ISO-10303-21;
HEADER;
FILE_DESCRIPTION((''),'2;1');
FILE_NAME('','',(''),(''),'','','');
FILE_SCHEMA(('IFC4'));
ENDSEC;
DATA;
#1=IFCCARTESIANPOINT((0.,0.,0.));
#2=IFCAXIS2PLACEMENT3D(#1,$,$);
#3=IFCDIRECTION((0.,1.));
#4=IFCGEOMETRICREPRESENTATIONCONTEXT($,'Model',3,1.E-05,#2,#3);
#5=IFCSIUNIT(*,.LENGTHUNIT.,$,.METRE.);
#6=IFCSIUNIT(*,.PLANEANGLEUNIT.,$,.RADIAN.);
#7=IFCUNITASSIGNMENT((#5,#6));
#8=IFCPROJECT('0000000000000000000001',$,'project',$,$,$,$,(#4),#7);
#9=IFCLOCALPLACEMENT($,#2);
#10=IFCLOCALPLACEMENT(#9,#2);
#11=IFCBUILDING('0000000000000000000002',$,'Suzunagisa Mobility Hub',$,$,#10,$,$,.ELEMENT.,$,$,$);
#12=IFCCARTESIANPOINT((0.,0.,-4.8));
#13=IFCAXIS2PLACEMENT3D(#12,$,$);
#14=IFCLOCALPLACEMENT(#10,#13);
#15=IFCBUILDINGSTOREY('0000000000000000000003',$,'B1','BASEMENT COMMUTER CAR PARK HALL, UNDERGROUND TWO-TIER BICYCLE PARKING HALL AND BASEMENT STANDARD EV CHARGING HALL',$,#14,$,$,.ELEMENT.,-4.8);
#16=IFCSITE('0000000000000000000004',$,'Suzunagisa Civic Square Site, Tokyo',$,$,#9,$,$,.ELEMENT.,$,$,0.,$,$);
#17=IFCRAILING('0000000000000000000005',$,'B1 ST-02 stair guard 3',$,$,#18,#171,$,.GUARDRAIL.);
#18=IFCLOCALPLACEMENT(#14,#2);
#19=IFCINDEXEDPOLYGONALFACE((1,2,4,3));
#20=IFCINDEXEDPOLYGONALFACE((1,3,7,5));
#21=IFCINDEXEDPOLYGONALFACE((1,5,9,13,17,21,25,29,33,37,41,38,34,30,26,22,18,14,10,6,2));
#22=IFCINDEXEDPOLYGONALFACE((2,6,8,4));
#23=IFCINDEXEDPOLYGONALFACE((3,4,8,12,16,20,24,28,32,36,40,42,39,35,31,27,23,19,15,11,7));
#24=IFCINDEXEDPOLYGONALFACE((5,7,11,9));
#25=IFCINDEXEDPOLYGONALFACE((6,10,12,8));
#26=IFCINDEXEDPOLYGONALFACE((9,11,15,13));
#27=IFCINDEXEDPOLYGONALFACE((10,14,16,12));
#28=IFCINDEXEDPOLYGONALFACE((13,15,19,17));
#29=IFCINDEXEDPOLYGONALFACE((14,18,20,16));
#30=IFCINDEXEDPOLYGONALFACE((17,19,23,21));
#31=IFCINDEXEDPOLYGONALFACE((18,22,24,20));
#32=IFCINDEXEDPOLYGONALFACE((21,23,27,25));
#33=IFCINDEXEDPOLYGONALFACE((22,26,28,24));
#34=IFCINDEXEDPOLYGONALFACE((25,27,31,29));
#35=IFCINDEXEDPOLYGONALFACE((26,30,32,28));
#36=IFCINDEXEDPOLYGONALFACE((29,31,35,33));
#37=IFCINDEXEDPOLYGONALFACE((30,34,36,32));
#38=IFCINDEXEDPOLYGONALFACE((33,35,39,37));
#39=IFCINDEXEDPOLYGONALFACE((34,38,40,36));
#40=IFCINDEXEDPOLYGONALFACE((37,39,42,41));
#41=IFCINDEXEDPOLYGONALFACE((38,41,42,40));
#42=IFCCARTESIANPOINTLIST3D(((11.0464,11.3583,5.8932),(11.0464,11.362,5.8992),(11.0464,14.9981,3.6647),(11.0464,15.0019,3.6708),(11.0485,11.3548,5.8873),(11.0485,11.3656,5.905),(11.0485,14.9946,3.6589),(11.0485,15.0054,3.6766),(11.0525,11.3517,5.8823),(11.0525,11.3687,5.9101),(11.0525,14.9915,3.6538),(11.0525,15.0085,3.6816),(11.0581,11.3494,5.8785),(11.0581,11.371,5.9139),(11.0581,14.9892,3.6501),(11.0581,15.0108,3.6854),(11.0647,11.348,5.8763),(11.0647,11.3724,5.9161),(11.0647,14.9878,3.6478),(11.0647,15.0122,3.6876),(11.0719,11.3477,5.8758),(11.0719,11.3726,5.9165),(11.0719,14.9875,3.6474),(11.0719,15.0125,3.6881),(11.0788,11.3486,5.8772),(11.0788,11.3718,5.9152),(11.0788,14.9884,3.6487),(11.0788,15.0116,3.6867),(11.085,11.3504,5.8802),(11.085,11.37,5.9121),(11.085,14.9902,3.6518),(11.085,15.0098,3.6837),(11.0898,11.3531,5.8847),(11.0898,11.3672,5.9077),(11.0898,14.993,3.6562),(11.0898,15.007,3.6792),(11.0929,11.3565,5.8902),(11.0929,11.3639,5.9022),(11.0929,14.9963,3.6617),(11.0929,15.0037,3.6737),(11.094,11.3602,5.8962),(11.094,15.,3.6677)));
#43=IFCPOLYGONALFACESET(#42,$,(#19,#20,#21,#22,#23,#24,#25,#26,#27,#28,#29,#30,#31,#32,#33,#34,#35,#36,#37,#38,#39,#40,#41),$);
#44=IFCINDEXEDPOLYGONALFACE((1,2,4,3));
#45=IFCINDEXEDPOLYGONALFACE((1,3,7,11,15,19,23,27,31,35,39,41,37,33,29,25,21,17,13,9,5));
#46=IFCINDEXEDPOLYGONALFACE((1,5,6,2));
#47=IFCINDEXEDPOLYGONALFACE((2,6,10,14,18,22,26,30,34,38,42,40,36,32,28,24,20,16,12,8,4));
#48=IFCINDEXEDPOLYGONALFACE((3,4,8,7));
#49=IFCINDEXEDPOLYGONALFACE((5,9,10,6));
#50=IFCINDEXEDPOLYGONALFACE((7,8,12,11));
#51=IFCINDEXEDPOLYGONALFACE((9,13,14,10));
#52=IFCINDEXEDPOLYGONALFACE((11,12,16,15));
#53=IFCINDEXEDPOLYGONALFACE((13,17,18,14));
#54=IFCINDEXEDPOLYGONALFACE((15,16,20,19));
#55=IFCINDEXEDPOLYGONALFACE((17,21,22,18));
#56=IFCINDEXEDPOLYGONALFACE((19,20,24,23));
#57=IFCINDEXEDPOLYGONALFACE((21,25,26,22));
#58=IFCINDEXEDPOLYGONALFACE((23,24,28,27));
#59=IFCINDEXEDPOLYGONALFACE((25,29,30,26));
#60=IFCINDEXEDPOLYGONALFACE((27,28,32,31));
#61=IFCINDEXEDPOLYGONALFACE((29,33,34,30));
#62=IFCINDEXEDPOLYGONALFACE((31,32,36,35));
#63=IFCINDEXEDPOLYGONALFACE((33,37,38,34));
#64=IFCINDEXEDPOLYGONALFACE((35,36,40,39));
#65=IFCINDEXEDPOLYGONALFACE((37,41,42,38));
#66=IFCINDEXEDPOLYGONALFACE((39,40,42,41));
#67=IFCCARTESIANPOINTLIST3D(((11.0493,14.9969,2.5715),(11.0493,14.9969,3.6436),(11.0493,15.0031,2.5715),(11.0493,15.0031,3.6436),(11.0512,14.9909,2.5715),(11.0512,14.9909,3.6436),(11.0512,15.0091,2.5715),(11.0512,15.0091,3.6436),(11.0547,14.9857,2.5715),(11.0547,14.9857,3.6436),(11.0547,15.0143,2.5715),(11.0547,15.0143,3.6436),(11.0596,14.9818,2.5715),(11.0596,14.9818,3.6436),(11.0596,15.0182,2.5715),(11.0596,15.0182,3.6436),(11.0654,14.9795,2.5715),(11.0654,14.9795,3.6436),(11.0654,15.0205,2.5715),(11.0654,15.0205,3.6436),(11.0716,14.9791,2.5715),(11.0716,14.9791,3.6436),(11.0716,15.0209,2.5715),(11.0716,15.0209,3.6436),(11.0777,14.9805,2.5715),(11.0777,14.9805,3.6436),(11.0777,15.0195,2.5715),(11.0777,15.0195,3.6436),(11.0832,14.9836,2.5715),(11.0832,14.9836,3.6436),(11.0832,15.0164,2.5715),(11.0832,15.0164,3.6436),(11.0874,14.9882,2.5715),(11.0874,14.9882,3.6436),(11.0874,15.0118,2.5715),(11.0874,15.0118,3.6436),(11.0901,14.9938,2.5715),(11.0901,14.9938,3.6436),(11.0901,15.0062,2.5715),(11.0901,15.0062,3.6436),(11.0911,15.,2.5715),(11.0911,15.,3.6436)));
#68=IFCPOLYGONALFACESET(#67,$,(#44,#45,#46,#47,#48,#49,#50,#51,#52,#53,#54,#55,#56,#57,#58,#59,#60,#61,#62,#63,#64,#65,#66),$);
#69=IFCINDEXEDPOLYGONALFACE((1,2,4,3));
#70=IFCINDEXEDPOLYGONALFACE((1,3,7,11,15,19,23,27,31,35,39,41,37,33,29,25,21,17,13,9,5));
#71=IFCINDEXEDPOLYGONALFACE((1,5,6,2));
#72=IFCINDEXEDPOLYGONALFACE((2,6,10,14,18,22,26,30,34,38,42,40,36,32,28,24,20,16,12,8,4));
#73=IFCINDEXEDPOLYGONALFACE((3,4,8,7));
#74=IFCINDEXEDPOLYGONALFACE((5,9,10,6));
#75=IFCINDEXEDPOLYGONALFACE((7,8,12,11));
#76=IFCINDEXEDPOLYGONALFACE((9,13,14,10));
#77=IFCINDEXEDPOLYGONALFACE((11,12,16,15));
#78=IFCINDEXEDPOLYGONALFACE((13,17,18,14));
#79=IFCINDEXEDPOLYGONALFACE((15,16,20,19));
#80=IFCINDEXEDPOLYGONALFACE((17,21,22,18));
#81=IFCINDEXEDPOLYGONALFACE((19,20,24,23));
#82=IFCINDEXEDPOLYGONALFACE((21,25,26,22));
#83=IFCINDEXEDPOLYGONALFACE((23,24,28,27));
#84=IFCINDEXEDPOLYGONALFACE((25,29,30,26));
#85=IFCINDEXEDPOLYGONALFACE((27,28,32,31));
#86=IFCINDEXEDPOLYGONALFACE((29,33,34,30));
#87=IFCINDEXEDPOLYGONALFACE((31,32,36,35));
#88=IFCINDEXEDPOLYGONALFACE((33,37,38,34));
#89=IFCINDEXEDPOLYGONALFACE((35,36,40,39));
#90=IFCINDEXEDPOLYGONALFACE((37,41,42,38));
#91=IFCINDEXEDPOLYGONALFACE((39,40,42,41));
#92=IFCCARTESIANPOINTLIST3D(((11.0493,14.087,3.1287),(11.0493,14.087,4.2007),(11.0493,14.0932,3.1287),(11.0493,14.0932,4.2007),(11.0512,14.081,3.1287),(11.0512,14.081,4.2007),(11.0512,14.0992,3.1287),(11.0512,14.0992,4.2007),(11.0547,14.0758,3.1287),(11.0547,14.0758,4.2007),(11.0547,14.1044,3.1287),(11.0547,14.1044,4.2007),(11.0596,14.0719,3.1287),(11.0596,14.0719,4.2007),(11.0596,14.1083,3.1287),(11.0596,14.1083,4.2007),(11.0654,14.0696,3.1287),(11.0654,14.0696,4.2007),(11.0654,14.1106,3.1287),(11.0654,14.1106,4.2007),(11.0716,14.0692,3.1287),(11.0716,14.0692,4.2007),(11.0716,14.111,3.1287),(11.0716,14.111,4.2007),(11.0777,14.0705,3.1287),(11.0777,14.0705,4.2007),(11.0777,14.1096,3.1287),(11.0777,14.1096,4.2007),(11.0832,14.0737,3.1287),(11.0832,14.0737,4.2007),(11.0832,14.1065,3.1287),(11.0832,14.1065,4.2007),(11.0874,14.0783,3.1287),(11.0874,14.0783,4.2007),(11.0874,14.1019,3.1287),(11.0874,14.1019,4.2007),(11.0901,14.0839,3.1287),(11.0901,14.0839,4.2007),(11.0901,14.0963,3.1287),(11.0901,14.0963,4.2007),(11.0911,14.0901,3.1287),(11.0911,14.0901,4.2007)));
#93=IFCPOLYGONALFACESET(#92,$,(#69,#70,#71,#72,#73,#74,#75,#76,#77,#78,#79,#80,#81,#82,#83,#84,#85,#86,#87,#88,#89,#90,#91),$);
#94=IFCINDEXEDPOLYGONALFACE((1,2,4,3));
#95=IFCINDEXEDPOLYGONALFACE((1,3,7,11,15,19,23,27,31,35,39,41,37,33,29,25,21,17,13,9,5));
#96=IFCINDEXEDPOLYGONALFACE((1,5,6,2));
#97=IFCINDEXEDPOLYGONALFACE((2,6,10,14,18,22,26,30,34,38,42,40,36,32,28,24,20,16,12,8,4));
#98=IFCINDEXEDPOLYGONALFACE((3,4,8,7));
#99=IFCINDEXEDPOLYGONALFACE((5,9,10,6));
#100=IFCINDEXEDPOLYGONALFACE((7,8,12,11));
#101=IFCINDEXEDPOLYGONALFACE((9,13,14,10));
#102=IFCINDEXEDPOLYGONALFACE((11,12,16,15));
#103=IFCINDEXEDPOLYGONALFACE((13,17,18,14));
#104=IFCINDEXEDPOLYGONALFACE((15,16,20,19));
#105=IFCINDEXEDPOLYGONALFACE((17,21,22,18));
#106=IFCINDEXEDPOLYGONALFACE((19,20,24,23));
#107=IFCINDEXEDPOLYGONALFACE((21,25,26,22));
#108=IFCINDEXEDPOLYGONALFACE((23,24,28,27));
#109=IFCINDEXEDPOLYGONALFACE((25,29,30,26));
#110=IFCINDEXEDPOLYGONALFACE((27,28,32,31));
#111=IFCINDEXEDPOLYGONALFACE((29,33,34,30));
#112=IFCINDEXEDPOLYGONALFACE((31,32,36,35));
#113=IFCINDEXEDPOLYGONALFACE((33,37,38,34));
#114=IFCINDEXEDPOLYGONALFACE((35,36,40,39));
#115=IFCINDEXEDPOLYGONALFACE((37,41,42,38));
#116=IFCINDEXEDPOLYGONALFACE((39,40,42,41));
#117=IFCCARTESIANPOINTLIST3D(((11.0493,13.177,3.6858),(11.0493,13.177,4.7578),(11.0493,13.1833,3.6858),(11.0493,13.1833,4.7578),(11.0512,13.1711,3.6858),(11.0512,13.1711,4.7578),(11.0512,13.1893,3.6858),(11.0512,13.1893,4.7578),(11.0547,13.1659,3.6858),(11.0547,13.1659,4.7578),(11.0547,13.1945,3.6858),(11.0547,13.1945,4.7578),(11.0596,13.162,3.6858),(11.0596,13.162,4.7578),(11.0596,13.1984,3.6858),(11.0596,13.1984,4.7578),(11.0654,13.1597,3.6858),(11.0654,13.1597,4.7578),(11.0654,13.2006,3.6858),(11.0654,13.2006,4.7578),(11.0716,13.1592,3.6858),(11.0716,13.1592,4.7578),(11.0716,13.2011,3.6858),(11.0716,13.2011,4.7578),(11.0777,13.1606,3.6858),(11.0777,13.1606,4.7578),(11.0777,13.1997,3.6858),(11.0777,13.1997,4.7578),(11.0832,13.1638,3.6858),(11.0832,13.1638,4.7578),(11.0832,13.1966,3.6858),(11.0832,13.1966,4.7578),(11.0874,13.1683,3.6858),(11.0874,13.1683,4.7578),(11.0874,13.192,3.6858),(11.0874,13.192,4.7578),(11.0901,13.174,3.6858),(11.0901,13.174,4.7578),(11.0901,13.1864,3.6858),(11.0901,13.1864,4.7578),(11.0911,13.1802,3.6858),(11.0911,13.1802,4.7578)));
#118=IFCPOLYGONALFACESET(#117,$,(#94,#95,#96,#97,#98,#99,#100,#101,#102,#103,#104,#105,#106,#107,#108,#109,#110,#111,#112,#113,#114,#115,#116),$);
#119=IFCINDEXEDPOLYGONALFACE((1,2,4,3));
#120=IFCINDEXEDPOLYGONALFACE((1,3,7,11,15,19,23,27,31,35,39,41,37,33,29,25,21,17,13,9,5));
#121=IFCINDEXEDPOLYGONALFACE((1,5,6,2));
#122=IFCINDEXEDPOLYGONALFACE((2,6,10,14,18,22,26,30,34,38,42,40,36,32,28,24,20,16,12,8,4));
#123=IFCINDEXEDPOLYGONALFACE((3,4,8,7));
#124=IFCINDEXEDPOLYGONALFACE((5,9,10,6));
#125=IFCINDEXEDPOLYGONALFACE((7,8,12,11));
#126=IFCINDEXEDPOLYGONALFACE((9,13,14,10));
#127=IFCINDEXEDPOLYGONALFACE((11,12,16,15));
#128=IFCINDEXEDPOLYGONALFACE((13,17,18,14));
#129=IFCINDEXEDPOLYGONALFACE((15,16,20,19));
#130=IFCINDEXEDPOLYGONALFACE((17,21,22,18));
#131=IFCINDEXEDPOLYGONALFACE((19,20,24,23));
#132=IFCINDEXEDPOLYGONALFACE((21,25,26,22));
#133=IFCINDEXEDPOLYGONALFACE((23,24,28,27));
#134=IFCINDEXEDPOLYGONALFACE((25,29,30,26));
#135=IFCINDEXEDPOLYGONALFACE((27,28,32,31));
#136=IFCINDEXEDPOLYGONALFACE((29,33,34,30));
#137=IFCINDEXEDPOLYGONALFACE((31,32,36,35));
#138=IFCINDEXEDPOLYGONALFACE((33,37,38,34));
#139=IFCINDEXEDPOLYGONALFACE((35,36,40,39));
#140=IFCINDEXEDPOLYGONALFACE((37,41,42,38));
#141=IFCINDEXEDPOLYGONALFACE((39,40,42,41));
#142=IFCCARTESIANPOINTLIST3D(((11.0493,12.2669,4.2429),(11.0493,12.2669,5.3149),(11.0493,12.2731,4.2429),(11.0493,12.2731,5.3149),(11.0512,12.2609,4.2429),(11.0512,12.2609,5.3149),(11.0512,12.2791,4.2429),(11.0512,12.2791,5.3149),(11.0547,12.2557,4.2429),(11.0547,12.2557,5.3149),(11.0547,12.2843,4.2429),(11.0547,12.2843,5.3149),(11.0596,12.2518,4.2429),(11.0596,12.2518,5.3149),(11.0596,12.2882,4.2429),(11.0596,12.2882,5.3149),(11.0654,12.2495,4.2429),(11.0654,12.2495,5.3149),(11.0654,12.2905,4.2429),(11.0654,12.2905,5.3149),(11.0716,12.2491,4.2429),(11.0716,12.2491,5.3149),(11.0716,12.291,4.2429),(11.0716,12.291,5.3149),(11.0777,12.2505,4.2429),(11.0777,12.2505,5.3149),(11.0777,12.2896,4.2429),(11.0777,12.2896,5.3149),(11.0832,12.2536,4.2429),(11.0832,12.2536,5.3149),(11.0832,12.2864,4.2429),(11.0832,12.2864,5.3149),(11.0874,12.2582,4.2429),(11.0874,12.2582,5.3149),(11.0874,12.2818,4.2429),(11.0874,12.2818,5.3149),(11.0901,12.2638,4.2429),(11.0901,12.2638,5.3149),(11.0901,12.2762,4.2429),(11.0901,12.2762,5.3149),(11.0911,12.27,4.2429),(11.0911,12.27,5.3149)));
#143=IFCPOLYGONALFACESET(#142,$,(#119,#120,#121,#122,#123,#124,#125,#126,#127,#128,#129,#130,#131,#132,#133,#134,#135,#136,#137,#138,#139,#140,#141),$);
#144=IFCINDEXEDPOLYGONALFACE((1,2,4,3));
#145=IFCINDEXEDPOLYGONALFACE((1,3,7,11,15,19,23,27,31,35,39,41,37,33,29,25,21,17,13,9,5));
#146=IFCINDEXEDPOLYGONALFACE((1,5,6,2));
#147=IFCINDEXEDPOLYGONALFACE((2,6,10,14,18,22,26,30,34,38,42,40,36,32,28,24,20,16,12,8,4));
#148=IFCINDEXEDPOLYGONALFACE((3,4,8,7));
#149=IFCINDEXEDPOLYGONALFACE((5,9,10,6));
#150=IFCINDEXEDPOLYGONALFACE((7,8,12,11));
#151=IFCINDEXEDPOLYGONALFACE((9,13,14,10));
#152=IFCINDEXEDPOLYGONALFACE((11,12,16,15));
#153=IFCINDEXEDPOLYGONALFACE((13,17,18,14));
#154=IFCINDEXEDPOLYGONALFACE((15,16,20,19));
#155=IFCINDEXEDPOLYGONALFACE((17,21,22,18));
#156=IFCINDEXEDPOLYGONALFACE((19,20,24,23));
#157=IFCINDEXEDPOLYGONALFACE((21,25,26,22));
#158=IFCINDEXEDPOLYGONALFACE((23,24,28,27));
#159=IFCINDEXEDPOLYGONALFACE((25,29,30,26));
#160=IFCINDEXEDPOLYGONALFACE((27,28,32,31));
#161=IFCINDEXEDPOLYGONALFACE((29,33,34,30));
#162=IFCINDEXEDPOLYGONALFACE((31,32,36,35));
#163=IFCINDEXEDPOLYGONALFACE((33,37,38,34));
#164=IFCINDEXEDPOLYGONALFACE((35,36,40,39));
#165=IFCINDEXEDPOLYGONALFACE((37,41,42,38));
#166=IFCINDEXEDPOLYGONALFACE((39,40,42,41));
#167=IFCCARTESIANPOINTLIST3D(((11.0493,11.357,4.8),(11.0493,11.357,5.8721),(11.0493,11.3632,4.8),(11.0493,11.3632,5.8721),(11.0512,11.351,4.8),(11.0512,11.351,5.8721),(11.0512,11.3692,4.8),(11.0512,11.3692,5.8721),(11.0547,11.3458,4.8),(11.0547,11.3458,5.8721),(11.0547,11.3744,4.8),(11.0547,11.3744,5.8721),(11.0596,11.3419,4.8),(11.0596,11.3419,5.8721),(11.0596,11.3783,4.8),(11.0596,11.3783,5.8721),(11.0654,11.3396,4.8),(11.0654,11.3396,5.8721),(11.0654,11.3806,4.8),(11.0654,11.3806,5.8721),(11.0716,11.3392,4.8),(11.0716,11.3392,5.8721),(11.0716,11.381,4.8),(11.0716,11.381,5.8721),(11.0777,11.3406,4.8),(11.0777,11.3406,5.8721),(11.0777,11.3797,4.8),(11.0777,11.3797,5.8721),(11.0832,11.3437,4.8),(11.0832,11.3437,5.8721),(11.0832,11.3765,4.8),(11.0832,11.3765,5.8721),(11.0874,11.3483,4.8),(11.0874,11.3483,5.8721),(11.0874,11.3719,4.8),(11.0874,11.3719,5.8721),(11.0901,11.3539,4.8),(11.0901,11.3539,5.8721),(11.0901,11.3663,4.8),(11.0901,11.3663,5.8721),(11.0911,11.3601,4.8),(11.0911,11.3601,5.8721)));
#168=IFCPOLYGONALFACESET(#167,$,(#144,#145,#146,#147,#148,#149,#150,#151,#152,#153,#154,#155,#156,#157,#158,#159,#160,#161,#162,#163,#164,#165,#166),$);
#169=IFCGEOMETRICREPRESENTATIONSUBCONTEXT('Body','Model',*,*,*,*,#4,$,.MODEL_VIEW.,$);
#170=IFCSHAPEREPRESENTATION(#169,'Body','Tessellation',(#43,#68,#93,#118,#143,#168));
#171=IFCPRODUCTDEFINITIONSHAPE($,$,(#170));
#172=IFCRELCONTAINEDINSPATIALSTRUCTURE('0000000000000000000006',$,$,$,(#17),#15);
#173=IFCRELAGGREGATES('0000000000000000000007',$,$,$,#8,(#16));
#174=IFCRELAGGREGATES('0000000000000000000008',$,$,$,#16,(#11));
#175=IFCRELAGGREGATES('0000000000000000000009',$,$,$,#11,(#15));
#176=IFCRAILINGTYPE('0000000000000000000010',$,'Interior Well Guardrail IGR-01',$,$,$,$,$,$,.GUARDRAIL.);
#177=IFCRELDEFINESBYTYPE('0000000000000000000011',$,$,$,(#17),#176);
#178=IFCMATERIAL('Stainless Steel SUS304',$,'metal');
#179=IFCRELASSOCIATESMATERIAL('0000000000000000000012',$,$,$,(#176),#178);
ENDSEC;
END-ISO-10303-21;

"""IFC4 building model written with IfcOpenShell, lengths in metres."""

from ifc_helpers import new_model, si_unit, direction, frame, origin, origin_2d, place, context, subcontext, project, spatial, circle, extrude, material, type_object, element, save


model = new_model("IFC4")

# Units and contexts
model_context = context("Model", 3, precision=1e-05, world=origin(), true_north=direction((0.0, 1.0)))
body_context = subcontext(model_context, "Body", "Model", "MODEL_VIEW")
ifc_project = project(units=[si_unit("LENGTHUNIT", "METRE"), si_unit("PLANEANGLEUNIT", "RADIAN")], contexts=[model_context])

# Site, building, storey
site_placement = place(None, origin())
site = spatial("IfcSite", under=ifc_project, at=site_placement, Name="Suzunagisa Civic Square Site, Tokyo", CompositionType="ELEMENT", RefElevation=0.0)
building_placement = place(site_placement, origin())
building = spatial("IfcBuilding", under=site, at=building_placement, Name="Suzunagisa Mobility Hub", CompositionType="ELEMENT")
storey_placement = place(building_placement, frame((0.0, 0.0, -4.8)))
storey = spatial("IfcBuildingStorey", under=building, at=storey_placement, Name="B1", Description="BASEMENT COMMUTER CAR PARK HALL, UNDERGROUND TWO-TIER BICYCLE PARKING HALL AND BASEMENT STANDARD EV CHARGING HALL", CompositionType="ELEMENT", Elevation=-4.8)

# Railing
ifc_material_1 = material(Name="Stainless Steel SUS304", Category="metal")
railing_type_1 = type_object("IfcRailingType", Name="Interior Well Guardrail IGR-01", PredefinedType="GUARDRAIL", material=ifc_material_1)
railing_1_placement = place(storey_placement, frame((11.0701, 15.0, 2.5715)))
element("IfcRailing", 1, at=railing_1_placement, inside=storey, type_object=railing_type_1, Name="B1 ST-02 stair guard 3", PredefinedType="GUARDRAIL", context=body_context, shape_type="SweptSolid", body=[
    extrude(circle(Radius=0.0239, at=origin_2d()), frame((0.0, 0.0, 1.0962), z_axis=(0.0, -0.85285, 0.522156), x_axis=(1.0, 0.0, 0.0)), (0.0, 0.0, 1.0), 4.2678),
    extrude(circle(Radius=0.021, at=origin_2d()), origin(), (0.0, 0.0, 1.0), 1.072),
    extrude(circle(Radius=0.021, at=origin_2d()), frame((0.0, -0.9099, 0.5571)), (0.0, 0.0, 1.0), 1.072),
    extrude(circle(Radius=0.021, at=origin_2d()), frame((0.0, -1.8198, 1.1143)), (0.0, 0.0, 1.0), 1.072),
    extrude(circle(Radius=0.021, at=origin_2d()), frame((0.0, -2.73, 1.6714)), (0.0, 0.0, 1.0), 1.072),
    extrude(circle(Radius=0.021, at=origin_2d()), frame((0.0, -3.6399, 2.2285)), (0.0, 0.0, 1.0), 1.072),
])

save(model, "model.ifc")
